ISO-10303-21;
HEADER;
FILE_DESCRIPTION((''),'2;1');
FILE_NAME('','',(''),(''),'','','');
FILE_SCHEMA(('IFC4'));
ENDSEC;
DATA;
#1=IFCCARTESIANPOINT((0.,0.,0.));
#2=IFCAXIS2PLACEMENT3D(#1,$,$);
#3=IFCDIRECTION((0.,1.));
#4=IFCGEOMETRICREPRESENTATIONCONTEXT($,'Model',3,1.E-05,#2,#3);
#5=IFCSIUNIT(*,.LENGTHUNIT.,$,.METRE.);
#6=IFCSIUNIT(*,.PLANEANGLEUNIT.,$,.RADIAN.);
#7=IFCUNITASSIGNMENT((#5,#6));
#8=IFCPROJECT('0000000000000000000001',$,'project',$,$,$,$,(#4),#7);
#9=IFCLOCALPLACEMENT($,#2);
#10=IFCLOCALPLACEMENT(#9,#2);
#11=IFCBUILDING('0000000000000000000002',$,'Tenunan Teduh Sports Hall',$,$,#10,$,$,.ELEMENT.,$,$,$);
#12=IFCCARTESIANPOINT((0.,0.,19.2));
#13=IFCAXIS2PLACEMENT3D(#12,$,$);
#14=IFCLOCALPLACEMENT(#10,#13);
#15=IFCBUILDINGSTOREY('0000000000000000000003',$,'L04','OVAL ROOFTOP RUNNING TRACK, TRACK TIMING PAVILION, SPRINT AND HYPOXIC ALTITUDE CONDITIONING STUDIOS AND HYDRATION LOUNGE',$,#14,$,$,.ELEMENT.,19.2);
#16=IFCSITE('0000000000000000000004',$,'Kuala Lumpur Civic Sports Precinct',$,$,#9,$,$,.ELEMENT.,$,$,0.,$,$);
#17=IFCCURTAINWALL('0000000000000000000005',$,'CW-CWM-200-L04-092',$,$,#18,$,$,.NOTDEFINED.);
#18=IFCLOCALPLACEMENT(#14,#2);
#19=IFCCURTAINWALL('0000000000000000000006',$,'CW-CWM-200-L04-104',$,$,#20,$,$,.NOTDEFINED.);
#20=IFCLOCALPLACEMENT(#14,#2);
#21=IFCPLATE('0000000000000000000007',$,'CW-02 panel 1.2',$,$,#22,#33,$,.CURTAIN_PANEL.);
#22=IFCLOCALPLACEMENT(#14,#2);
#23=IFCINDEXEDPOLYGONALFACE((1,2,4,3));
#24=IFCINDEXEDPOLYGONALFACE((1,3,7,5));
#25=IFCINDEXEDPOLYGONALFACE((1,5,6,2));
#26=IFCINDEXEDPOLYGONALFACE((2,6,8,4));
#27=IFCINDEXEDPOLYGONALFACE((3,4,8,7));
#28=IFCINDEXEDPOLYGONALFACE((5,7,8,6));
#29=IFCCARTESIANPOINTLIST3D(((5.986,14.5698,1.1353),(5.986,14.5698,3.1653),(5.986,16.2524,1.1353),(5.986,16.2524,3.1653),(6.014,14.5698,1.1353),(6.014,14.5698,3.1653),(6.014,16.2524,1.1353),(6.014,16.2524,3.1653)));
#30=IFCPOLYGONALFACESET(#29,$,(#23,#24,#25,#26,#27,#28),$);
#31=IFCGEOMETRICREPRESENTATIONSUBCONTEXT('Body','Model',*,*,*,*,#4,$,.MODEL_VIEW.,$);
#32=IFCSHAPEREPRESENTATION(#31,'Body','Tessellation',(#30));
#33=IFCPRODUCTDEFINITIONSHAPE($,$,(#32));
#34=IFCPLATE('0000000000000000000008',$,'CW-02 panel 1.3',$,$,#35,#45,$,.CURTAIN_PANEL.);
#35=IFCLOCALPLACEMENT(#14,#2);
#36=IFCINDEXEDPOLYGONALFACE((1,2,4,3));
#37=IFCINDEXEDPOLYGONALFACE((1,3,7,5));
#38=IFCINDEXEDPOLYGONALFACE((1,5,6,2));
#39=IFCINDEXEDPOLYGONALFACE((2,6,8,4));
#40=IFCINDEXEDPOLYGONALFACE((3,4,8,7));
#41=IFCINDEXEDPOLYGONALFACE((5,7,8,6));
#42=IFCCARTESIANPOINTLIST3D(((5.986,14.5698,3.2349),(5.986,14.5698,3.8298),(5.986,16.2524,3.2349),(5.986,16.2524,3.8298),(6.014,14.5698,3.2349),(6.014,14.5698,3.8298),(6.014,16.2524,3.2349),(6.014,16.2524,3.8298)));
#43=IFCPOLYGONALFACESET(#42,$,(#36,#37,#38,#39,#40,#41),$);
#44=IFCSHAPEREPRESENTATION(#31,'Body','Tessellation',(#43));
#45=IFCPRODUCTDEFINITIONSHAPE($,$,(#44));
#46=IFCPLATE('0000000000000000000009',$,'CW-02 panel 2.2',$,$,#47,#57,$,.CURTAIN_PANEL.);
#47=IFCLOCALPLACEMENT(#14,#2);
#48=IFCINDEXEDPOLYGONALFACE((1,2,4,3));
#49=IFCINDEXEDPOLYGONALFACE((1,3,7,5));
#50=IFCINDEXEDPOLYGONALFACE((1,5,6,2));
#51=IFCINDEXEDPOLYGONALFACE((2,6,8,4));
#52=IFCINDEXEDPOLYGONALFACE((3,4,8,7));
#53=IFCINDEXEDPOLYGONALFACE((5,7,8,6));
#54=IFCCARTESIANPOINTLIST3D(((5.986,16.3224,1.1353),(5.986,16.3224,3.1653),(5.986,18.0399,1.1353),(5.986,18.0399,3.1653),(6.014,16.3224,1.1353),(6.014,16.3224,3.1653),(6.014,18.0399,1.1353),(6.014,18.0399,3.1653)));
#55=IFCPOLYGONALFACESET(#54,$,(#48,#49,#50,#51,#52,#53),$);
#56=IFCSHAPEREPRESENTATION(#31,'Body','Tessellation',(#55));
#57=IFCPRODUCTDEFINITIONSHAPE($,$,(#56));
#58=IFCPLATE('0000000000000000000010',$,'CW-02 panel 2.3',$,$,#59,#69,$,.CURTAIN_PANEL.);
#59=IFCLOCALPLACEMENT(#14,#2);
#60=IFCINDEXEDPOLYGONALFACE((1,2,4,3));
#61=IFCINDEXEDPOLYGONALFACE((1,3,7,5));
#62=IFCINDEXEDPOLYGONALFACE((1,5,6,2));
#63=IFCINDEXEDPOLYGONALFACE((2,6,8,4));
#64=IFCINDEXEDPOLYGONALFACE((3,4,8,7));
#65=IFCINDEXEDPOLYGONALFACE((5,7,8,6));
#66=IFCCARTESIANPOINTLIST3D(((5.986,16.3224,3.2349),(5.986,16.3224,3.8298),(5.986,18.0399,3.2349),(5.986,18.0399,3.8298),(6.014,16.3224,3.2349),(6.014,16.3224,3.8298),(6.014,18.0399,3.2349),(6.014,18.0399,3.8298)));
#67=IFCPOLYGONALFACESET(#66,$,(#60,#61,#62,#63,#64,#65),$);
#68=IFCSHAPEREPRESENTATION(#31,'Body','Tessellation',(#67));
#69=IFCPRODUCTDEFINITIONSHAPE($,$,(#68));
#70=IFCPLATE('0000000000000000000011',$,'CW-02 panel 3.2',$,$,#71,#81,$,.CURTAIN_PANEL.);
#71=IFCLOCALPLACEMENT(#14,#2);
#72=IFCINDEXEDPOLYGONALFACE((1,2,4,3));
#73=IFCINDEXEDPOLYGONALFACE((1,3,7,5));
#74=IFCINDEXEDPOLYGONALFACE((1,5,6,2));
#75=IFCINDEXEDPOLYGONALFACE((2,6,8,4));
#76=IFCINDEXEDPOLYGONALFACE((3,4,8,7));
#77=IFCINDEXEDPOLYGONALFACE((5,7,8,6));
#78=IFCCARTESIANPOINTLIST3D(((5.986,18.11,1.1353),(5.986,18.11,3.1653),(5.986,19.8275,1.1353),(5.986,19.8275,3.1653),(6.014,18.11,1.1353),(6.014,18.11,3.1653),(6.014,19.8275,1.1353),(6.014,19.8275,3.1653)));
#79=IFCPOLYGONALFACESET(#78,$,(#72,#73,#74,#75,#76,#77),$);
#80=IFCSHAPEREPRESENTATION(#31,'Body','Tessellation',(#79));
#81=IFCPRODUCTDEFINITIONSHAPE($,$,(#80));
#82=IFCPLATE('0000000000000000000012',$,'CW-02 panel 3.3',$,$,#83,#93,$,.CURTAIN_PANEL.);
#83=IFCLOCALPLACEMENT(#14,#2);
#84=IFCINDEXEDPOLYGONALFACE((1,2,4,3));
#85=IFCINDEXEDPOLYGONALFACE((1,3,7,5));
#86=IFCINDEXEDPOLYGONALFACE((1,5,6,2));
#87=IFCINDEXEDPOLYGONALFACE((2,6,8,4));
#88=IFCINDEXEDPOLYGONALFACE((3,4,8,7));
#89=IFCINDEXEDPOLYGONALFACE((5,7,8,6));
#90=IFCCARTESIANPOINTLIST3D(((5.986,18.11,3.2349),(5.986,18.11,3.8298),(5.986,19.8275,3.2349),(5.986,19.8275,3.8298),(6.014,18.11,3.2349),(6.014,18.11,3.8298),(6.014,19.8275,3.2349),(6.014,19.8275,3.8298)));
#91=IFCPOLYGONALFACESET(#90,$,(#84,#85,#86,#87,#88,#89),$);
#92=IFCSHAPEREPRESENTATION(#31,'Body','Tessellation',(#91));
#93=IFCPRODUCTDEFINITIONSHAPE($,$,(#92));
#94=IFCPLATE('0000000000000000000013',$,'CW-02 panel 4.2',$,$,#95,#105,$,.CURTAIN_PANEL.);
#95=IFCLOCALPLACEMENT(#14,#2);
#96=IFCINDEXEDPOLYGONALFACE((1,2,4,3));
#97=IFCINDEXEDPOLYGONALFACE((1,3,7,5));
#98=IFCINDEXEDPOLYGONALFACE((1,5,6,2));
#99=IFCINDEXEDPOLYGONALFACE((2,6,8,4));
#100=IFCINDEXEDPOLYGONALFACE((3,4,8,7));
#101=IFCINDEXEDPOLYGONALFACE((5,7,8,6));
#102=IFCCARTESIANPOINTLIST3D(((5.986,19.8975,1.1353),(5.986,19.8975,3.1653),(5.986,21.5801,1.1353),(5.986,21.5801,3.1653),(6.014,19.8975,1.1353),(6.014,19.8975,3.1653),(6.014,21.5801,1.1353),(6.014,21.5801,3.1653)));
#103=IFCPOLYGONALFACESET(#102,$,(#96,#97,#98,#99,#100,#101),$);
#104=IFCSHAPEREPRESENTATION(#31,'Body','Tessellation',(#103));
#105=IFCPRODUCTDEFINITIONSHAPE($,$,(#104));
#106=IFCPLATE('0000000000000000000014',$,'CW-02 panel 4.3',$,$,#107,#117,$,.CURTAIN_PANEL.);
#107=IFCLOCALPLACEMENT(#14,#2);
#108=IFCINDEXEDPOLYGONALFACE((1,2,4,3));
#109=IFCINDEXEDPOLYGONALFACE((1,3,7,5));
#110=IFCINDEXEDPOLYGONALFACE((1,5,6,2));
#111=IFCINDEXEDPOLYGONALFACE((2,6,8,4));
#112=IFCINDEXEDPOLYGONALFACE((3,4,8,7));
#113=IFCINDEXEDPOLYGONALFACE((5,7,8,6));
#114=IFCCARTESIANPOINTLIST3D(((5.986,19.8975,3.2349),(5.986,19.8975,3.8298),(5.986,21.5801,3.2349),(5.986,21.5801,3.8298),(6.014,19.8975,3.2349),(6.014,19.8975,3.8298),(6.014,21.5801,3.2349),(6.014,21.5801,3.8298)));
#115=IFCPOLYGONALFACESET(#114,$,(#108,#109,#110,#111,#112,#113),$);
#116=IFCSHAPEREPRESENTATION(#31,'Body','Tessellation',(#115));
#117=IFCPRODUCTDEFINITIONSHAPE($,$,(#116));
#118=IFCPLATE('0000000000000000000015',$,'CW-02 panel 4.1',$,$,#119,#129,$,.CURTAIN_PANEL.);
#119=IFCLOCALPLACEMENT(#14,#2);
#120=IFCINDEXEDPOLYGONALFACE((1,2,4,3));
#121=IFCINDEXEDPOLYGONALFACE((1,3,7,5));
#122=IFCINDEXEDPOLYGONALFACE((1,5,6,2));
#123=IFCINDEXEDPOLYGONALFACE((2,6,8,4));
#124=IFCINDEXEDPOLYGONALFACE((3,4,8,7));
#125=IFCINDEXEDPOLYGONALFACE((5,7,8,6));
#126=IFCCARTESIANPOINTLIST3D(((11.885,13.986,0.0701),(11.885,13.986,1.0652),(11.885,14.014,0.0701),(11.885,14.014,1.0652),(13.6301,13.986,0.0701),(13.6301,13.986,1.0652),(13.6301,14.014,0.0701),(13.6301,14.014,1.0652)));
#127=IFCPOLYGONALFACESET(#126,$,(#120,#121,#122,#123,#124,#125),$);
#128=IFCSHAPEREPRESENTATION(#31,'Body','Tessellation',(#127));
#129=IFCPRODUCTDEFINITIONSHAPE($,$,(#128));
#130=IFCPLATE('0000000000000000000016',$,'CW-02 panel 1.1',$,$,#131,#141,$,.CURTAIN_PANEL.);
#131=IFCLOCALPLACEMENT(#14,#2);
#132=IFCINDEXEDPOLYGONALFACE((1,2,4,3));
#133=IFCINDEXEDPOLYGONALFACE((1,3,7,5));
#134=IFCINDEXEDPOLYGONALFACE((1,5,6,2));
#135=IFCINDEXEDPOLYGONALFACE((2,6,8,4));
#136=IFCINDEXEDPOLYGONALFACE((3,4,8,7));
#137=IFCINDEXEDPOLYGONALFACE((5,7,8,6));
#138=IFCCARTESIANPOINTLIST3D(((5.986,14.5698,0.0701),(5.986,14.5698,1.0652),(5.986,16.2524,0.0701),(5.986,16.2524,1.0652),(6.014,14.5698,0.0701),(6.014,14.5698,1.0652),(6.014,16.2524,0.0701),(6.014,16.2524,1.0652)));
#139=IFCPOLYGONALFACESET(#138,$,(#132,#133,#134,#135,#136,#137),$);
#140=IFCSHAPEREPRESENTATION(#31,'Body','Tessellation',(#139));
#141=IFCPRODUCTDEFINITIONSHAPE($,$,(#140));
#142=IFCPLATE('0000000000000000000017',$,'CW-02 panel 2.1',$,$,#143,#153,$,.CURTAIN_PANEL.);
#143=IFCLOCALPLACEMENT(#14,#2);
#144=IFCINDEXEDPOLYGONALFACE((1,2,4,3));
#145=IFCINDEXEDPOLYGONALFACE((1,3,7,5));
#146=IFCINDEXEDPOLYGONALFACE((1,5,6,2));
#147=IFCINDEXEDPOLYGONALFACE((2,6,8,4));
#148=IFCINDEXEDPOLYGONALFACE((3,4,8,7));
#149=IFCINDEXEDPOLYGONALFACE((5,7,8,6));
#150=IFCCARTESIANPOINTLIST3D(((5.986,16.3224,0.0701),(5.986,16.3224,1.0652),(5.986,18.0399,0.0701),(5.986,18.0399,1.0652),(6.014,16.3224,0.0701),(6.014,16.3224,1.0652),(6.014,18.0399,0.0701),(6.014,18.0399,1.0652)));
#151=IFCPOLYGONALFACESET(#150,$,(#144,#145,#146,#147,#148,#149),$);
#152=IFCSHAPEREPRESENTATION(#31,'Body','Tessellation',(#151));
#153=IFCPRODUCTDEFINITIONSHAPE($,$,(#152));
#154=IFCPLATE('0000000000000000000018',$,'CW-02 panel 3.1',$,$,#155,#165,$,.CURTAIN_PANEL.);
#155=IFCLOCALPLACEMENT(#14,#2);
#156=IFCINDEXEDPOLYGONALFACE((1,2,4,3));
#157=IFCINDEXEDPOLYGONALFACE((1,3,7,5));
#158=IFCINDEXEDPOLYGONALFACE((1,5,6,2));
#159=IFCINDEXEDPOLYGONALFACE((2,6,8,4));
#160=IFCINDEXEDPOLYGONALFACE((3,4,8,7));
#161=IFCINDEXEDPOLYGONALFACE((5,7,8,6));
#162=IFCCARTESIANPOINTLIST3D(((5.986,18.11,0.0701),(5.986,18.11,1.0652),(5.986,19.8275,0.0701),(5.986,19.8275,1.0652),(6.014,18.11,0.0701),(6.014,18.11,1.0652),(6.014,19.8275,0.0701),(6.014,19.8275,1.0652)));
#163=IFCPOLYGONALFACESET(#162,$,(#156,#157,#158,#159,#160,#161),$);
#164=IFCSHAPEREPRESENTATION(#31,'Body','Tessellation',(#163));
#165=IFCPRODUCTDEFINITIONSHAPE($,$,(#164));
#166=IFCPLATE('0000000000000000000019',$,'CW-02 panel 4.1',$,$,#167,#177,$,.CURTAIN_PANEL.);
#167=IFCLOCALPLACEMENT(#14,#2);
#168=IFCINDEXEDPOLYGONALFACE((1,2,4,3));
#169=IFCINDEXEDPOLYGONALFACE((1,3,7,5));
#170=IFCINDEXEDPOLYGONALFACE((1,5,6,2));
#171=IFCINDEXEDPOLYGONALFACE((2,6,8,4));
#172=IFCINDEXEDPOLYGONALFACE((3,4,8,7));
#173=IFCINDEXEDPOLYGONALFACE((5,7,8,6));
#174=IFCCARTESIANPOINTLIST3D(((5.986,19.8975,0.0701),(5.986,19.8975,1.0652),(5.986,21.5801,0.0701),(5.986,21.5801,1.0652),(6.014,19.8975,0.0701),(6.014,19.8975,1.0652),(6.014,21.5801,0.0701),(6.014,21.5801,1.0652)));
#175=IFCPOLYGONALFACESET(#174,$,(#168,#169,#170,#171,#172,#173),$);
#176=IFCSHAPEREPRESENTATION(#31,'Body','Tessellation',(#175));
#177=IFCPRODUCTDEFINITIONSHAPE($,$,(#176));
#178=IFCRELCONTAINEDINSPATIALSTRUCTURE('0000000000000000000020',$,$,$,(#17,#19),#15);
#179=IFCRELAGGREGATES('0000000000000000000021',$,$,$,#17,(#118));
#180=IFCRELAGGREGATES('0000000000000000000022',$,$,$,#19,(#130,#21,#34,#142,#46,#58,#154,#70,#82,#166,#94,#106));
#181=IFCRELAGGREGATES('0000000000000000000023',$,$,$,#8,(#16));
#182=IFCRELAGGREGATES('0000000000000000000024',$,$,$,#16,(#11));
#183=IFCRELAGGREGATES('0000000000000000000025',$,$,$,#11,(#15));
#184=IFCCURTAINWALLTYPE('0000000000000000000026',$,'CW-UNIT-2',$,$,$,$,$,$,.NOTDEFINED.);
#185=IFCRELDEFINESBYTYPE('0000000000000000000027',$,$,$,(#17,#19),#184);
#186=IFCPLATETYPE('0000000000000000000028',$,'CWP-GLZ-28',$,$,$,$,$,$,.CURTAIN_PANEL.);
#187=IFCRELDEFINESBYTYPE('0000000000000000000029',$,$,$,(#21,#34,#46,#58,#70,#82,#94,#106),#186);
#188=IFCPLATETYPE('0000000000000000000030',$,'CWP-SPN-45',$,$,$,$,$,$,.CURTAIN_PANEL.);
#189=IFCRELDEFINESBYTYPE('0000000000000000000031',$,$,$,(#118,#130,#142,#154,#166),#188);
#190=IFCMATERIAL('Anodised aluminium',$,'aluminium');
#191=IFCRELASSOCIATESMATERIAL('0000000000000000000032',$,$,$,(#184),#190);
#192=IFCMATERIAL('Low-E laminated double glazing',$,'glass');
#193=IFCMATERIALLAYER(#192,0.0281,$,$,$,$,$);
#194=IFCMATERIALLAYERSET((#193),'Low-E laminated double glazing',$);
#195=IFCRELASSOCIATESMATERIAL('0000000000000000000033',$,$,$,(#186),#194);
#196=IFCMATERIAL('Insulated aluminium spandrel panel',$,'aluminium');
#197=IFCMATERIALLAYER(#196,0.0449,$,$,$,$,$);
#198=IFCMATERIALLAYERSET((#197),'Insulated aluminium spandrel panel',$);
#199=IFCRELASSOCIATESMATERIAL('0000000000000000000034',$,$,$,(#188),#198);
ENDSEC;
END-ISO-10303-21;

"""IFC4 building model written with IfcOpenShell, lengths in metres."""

from ifc_helpers import new_model, si_unit, direction, frame, origin, origin_2d, place, context, subcontext, project, spatial, rectangle, extrude, material, layer, layer_set, type_object, element, aggregate, save


model = new_model("IFC4")

# Units and contexts
model_context = context("Model", 3, precision=1e-05, world=origin(), true_north=direction((0.0, 1.0)))
body_context = subcontext(model_context, "Body", "Model", "MODEL_VIEW")
ifc_project = project(units=[si_unit("LENGTHUNIT", "METRE"), si_unit("PLANEANGLEUNIT", "RADIAN")], contexts=[model_context])

# Site, building, storey
site_placement = place(None, origin())
site = spatial("IfcSite", under=ifc_project, at=site_placement, Name="Kuala Lumpur Civic Sports Precinct", CompositionType="ELEMENT", RefElevation=0.0)
building_placement = place(site_placement, origin())
building = spatial("IfcBuilding", under=site, at=building_placement, Name="Tenunan Teduh Sports Hall", CompositionType="ELEMENT")
storey_placement = place(building_placement, frame((0.0, 0.0, 19.2)))
storey = spatial("IfcBuildingStorey", under=building, at=storey_placement, Name="L04", Description="OVAL ROOFTOP RUNNING TRACK, TRACK TIMING PAVILION, SPRINT AND HYPOXIC ALTITUDE CONDITIONING STUDIOS AND HYDRATION LOUNGE", CompositionType="ELEMENT", Elevation=19.2)

# Curtain wall
ifc_material_1 = material(Name="Anodised aluminium", Category="aluminium")
curtain_wall_type = type_object("IfcCurtainWallType", Name="CW-UNIT-2", PredefinedType="NOTDEFINED", material=ifc_material_1)
curtain_wall_1_placement = place(storey_placement, origin())
curtain_wall_1 = element("IfcCurtainWall", 1, at=curtain_wall_1_placement, inside=storey, type_object=curtain_wall_type, Name="CW-CWM-200-L04-092", PredefinedType="NOTDEFINED")

# Curtain wall
curtain_wall_2_placement = place(storey_placement, origin())
curtain_wall_2 = element("IfcCurtainWall", 2, at=curtain_wall_2_placement, inside=storey, type_object=curtain_wall_type, Name="CW-CWM-200-L04-104", PredefinedType="NOTDEFINED")

# Plates
ifc_material_2 = material(Name="Low-E laminated double glazing", Category="glass")
ifc_layer_1 = layer(ifc_material_2, 0.0281)
ifc_layer_set_1 = layer_set([ifc_layer_1], Name="Low-E laminated double glazing")
plate_type_1 = type_object("IfcPlateType", Name="CWP-GLZ-28", PredefinedType="CURTAIN_PANEL", material=ifc_layer_set_1)
plate_1_placement = place(storey_placement, frame((6.0, 15.4111, 1.1353), z_axis=(0.0, 0.0, 1.0), x_axis=(0.0, 1.0, 0.0)))
plate_1 = element("IfcPlate", 3, at=plate_1_placement, type_object=plate_type_1, Name="CW-02 panel 1.2", PredefinedType="CURTAIN_PANEL", context=body_context, shape_type="SweptSolid", body=[
    extrude(rectangle(XDim=1.6826, YDim=0.0281, at=origin_2d()), origin(), (0.0, 0.0, 1.0), 2.03),
])
plate_2_placement = place(storey_placement, frame((6.0, 15.4111, 3.2349), z_axis=(0.0, 0.0, 1.0), x_axis=(0.0, 1.0, 0.0)))
plate_2 = element("IfcPlate", 4, at=plate_2_placement, type_object=plate_type_1, Name="CW-02 panel 1.3", PredefinedType="CURTAIN_PANEL", context=body_context, shape_type="SweptSolid", body=[
    extrude(rectangle(XDim=1.6826, YDim=0.0281, at=origin_2d()), origin(), (0.0, 0.0, 1.0), 0.595),
])
plate_3_placement = place(storey_placement, frame((6.0, 17.1812, 1.1353), z_axis=(0.0, 0.0, 1.0), x_axis=(0.0, 1.0, 0.0)))
plate_3 = element("IfcPlate", 5, at=plate_3_placement, type_object=plate_type_1, Name="CW-02 panel 2.2", PredefinedType="CURTAIN_PANEL", context=body_context, shape_type="SweptSolid", body=[
    extrude(rectangle(XDim=1.7175, YDim=0.0281, at=origin_2d()), origin(), (0.0, 0.0, 1.0), 2.03),
])
plate_4_placement = place(storey_placement, frame((6.0, 17.1812, 3.2349), z_axis=(0.0, 0.0, 1.0), x_axis=(0.0, 1.0, 0.0)))
plate_4 = element("IfcPlate", 6, at=plate_4_placement, type_object=plate_type_1, Name="CW-02 panel 2.3", PredefinedType="CURTAIN_PANEL", context=body_context, shape_type="SweptSolid", body=[
    extrude(rectangle(XDim=1.7175, YDim=0.0281, at=origin_2d()), origin(), (0.0, 0.0, 1.0), 0.595),
])
plate_5_placement = place(storey_placement, frame((6.0, 18.9688, 1.1353), z_axis=(0.0, 0.0, 1.0), x_axis=(0.0, 1.0, 0.0)))
plate_5 = element("IfcPlate", 7, at=plate_5_placement, type_object=plate_type_1, Name="CW-02 panel 3.2", PredefinedType="CURTAIN_PANEL", context=body_context, shape_type="SweptSolid", body=[
    extrude(rectangle(XDim=1.7175, YDim=0.0281, at=origin_2d()), origin(), (0.0, 0.0, 1.0), 2.03),
])
plate_6_placement = place(storey_placement, frame((6.0, 18.9688, 3.2349), z_axis=(0.0, 0.0, 1.0), x_axis=(0.0, 1.0, 0.0)))
plate_6 = element("IfcPlate", 8, at=plate_6_placement, type_object=plate_type_1, Name="CW-02 panel 3.3", PredefinedType="CURTAIN_PANEL", context=body_context, shape_type="SweptSolid", body=[
    extrude(rectangle(XDim=1.7175, YDim=0.0281, at=origin_2d()), origin(), (0.0, 0.0, 1.0), 0.595),
])
plate_7_placement = place(storey_placement, frame((6.0, 20.7388, 1.1353), z_axis=(0.0, 0.0, 1.0), x_axis=(0.0, 1.0, 0.0)))
plate_7 = element("IfcPlate", 9, at=plate_7_placement, type_object=plate_type_1, Name="CW-02 panel 4.2", PredefinedType="CURTAIN_PANEL", context=body_context, shape_type="SweptSolid", body=[
    extrude(rectangle(XDim=1.6826, YDim=0.0281, at=origin_2d()), origin(), (0.0, 0.0, 1.0), 2.03),
])
plate_8_placement = place(storey_placement, frame((6.0, 20.7388, 3.2349), z_axis=(0.0, 0.0, 1.0), x_axis=(0.0, 1.0, 0.0)))
plate_8 = element("IfcPlate", 10, at=plate_8_placement, type_object=plate_type_1, Name="CW-02 panel 4.3", PredefinedType="CURTAIN_PANEL", context=body_context, shape_type="SweptSolid", body=[
    extrude(rectangle(XDim=1.6826, YDim=0.0281, at=origin_2d()), origin(), (0.0, 0.0, 1.0), 0.595),
])
ifc_material_3 = material(Name="Insulated aluminium spandrel panel", Category="aluminium")
ifc_layer_2 = layer(ifc_material_3, 0.0449)
ifc_layer_set_2 = layer_set([ifc_layer_2], Name="Insulated aluminium spandrel panel")
plate_type_2 = type_object("IfcPlateType", Name="CWP-SPN-45", PredefinedType="CURTAIN_PANEL", material=ifc_layer_set_2)
plate_9_placement = place(storey_placement, frame((12.7576, 14.0, 0.0701), z_axis=(0.0, 0.0, 1.0), x_axis=(1.0, 0.0, 0.0)))
plate_9 = element("IfcPlate", 11, at=plate_9_placement, type_object=plate_type_2, Name="CW-02 panel 4.1", PredefinedType="CURTAIN_PANEL", context=body_context, shape_type="SweptSolid", body=[
    extrude(rectangle(XDim=1.7451, YDim=0.0281, at=origin_2d()), origin(), (0.0, 0.0, 1.0), 0.9951),
])
aggregate(curtain_wall_1, [plate_9])
plate_10_placement = place(storey_placement, frame((6.0, 15.4111, 0.0701), z_axis=(0.0, 0.0, 1.0), x_axis=(0.0, 1.0, 0.0)))
plate_10 = element("IfcPlate", 12, at=plate_10_placement, type_object=plate_type_2, Name="CW-02 panel 1.1", PredefinedType="CURTAIN_PANEL", context=body_context, shape_type="SweptSolid", body=[
    extrude(rectangle(XDim=1.6826, YDim=0.0281, at=origin_2d()), origin(), (0.0, 0.0, 1.0), 0.9951),
])
plate_11_placement = place(storey_placement, frame((6.0, 17.1812, 0.0701), z_axis=(0.0, 0.0, 1.0), x_axis=(0.0, 1.0, 0.0)))
plate_11 = element("IfcPlate", 13, at=plate_11_placement, type_object=plate_type_2, Name="CW-02 panel 2.1", PredefinedType="CURTAIN_PANEL", context=body_context, shape_type="SweptSolid", body=[
    extrude(rectangle(XDim=1.7175, YDim=0.0281, at=origin_2d()), origin(), (0.0, 0.0, 1.0), 0.9951),
])
plate_12_placement = place(storey_placement, frame((6.0, 18.9688, 0.0701), z_axis=(0.0, 0.0, 1.0), x_axis=(0.0, 1.0, 0.0)))
plate_12 = element("IfcPlate", 14, at=plate_12_placement, type_object=plate_type_2, Name="CW-02 panel 3.1", PredefinedType="CURTAIN_PANEL", context=body_context, shape_type="SweptSolid", body=[
    extrude(rectangle(XDim=1.7175, YDim=0.0281, at=origin_2d()), origin(), (0.0, 0.0, 1.0), 0.9951),
])
plate_13_placement = place(storey_placement, frame((6.0, 20.7388, 0.0701), z_axis=(0.0, 0.0, 1.0), x_axis=(0.0, 1.0, 0.0)))
plate_13 = element("IfcPlate", 15, at=plate_13_placement, type_object=plate_type_2, Name="CW-02 panel 4.1", PredefinedType="CURTAIN_PANEL", context=body_context, shape_type="SweptSolid", body=[
    extrude(rectangle(XDim=1.6826, YDim=0.0281, at=origin_2d()), origin(), (0.0, 0.0, 1.0), 0.9951),
])
aggregate(curtain_wall_2, [plate_10, plate_1, plate_2, plate_11, plate_3, plate_4, plate_12, plate_5, plate_6, plate_13, plate_7, plate_8])

save(model, "model.ifc")
